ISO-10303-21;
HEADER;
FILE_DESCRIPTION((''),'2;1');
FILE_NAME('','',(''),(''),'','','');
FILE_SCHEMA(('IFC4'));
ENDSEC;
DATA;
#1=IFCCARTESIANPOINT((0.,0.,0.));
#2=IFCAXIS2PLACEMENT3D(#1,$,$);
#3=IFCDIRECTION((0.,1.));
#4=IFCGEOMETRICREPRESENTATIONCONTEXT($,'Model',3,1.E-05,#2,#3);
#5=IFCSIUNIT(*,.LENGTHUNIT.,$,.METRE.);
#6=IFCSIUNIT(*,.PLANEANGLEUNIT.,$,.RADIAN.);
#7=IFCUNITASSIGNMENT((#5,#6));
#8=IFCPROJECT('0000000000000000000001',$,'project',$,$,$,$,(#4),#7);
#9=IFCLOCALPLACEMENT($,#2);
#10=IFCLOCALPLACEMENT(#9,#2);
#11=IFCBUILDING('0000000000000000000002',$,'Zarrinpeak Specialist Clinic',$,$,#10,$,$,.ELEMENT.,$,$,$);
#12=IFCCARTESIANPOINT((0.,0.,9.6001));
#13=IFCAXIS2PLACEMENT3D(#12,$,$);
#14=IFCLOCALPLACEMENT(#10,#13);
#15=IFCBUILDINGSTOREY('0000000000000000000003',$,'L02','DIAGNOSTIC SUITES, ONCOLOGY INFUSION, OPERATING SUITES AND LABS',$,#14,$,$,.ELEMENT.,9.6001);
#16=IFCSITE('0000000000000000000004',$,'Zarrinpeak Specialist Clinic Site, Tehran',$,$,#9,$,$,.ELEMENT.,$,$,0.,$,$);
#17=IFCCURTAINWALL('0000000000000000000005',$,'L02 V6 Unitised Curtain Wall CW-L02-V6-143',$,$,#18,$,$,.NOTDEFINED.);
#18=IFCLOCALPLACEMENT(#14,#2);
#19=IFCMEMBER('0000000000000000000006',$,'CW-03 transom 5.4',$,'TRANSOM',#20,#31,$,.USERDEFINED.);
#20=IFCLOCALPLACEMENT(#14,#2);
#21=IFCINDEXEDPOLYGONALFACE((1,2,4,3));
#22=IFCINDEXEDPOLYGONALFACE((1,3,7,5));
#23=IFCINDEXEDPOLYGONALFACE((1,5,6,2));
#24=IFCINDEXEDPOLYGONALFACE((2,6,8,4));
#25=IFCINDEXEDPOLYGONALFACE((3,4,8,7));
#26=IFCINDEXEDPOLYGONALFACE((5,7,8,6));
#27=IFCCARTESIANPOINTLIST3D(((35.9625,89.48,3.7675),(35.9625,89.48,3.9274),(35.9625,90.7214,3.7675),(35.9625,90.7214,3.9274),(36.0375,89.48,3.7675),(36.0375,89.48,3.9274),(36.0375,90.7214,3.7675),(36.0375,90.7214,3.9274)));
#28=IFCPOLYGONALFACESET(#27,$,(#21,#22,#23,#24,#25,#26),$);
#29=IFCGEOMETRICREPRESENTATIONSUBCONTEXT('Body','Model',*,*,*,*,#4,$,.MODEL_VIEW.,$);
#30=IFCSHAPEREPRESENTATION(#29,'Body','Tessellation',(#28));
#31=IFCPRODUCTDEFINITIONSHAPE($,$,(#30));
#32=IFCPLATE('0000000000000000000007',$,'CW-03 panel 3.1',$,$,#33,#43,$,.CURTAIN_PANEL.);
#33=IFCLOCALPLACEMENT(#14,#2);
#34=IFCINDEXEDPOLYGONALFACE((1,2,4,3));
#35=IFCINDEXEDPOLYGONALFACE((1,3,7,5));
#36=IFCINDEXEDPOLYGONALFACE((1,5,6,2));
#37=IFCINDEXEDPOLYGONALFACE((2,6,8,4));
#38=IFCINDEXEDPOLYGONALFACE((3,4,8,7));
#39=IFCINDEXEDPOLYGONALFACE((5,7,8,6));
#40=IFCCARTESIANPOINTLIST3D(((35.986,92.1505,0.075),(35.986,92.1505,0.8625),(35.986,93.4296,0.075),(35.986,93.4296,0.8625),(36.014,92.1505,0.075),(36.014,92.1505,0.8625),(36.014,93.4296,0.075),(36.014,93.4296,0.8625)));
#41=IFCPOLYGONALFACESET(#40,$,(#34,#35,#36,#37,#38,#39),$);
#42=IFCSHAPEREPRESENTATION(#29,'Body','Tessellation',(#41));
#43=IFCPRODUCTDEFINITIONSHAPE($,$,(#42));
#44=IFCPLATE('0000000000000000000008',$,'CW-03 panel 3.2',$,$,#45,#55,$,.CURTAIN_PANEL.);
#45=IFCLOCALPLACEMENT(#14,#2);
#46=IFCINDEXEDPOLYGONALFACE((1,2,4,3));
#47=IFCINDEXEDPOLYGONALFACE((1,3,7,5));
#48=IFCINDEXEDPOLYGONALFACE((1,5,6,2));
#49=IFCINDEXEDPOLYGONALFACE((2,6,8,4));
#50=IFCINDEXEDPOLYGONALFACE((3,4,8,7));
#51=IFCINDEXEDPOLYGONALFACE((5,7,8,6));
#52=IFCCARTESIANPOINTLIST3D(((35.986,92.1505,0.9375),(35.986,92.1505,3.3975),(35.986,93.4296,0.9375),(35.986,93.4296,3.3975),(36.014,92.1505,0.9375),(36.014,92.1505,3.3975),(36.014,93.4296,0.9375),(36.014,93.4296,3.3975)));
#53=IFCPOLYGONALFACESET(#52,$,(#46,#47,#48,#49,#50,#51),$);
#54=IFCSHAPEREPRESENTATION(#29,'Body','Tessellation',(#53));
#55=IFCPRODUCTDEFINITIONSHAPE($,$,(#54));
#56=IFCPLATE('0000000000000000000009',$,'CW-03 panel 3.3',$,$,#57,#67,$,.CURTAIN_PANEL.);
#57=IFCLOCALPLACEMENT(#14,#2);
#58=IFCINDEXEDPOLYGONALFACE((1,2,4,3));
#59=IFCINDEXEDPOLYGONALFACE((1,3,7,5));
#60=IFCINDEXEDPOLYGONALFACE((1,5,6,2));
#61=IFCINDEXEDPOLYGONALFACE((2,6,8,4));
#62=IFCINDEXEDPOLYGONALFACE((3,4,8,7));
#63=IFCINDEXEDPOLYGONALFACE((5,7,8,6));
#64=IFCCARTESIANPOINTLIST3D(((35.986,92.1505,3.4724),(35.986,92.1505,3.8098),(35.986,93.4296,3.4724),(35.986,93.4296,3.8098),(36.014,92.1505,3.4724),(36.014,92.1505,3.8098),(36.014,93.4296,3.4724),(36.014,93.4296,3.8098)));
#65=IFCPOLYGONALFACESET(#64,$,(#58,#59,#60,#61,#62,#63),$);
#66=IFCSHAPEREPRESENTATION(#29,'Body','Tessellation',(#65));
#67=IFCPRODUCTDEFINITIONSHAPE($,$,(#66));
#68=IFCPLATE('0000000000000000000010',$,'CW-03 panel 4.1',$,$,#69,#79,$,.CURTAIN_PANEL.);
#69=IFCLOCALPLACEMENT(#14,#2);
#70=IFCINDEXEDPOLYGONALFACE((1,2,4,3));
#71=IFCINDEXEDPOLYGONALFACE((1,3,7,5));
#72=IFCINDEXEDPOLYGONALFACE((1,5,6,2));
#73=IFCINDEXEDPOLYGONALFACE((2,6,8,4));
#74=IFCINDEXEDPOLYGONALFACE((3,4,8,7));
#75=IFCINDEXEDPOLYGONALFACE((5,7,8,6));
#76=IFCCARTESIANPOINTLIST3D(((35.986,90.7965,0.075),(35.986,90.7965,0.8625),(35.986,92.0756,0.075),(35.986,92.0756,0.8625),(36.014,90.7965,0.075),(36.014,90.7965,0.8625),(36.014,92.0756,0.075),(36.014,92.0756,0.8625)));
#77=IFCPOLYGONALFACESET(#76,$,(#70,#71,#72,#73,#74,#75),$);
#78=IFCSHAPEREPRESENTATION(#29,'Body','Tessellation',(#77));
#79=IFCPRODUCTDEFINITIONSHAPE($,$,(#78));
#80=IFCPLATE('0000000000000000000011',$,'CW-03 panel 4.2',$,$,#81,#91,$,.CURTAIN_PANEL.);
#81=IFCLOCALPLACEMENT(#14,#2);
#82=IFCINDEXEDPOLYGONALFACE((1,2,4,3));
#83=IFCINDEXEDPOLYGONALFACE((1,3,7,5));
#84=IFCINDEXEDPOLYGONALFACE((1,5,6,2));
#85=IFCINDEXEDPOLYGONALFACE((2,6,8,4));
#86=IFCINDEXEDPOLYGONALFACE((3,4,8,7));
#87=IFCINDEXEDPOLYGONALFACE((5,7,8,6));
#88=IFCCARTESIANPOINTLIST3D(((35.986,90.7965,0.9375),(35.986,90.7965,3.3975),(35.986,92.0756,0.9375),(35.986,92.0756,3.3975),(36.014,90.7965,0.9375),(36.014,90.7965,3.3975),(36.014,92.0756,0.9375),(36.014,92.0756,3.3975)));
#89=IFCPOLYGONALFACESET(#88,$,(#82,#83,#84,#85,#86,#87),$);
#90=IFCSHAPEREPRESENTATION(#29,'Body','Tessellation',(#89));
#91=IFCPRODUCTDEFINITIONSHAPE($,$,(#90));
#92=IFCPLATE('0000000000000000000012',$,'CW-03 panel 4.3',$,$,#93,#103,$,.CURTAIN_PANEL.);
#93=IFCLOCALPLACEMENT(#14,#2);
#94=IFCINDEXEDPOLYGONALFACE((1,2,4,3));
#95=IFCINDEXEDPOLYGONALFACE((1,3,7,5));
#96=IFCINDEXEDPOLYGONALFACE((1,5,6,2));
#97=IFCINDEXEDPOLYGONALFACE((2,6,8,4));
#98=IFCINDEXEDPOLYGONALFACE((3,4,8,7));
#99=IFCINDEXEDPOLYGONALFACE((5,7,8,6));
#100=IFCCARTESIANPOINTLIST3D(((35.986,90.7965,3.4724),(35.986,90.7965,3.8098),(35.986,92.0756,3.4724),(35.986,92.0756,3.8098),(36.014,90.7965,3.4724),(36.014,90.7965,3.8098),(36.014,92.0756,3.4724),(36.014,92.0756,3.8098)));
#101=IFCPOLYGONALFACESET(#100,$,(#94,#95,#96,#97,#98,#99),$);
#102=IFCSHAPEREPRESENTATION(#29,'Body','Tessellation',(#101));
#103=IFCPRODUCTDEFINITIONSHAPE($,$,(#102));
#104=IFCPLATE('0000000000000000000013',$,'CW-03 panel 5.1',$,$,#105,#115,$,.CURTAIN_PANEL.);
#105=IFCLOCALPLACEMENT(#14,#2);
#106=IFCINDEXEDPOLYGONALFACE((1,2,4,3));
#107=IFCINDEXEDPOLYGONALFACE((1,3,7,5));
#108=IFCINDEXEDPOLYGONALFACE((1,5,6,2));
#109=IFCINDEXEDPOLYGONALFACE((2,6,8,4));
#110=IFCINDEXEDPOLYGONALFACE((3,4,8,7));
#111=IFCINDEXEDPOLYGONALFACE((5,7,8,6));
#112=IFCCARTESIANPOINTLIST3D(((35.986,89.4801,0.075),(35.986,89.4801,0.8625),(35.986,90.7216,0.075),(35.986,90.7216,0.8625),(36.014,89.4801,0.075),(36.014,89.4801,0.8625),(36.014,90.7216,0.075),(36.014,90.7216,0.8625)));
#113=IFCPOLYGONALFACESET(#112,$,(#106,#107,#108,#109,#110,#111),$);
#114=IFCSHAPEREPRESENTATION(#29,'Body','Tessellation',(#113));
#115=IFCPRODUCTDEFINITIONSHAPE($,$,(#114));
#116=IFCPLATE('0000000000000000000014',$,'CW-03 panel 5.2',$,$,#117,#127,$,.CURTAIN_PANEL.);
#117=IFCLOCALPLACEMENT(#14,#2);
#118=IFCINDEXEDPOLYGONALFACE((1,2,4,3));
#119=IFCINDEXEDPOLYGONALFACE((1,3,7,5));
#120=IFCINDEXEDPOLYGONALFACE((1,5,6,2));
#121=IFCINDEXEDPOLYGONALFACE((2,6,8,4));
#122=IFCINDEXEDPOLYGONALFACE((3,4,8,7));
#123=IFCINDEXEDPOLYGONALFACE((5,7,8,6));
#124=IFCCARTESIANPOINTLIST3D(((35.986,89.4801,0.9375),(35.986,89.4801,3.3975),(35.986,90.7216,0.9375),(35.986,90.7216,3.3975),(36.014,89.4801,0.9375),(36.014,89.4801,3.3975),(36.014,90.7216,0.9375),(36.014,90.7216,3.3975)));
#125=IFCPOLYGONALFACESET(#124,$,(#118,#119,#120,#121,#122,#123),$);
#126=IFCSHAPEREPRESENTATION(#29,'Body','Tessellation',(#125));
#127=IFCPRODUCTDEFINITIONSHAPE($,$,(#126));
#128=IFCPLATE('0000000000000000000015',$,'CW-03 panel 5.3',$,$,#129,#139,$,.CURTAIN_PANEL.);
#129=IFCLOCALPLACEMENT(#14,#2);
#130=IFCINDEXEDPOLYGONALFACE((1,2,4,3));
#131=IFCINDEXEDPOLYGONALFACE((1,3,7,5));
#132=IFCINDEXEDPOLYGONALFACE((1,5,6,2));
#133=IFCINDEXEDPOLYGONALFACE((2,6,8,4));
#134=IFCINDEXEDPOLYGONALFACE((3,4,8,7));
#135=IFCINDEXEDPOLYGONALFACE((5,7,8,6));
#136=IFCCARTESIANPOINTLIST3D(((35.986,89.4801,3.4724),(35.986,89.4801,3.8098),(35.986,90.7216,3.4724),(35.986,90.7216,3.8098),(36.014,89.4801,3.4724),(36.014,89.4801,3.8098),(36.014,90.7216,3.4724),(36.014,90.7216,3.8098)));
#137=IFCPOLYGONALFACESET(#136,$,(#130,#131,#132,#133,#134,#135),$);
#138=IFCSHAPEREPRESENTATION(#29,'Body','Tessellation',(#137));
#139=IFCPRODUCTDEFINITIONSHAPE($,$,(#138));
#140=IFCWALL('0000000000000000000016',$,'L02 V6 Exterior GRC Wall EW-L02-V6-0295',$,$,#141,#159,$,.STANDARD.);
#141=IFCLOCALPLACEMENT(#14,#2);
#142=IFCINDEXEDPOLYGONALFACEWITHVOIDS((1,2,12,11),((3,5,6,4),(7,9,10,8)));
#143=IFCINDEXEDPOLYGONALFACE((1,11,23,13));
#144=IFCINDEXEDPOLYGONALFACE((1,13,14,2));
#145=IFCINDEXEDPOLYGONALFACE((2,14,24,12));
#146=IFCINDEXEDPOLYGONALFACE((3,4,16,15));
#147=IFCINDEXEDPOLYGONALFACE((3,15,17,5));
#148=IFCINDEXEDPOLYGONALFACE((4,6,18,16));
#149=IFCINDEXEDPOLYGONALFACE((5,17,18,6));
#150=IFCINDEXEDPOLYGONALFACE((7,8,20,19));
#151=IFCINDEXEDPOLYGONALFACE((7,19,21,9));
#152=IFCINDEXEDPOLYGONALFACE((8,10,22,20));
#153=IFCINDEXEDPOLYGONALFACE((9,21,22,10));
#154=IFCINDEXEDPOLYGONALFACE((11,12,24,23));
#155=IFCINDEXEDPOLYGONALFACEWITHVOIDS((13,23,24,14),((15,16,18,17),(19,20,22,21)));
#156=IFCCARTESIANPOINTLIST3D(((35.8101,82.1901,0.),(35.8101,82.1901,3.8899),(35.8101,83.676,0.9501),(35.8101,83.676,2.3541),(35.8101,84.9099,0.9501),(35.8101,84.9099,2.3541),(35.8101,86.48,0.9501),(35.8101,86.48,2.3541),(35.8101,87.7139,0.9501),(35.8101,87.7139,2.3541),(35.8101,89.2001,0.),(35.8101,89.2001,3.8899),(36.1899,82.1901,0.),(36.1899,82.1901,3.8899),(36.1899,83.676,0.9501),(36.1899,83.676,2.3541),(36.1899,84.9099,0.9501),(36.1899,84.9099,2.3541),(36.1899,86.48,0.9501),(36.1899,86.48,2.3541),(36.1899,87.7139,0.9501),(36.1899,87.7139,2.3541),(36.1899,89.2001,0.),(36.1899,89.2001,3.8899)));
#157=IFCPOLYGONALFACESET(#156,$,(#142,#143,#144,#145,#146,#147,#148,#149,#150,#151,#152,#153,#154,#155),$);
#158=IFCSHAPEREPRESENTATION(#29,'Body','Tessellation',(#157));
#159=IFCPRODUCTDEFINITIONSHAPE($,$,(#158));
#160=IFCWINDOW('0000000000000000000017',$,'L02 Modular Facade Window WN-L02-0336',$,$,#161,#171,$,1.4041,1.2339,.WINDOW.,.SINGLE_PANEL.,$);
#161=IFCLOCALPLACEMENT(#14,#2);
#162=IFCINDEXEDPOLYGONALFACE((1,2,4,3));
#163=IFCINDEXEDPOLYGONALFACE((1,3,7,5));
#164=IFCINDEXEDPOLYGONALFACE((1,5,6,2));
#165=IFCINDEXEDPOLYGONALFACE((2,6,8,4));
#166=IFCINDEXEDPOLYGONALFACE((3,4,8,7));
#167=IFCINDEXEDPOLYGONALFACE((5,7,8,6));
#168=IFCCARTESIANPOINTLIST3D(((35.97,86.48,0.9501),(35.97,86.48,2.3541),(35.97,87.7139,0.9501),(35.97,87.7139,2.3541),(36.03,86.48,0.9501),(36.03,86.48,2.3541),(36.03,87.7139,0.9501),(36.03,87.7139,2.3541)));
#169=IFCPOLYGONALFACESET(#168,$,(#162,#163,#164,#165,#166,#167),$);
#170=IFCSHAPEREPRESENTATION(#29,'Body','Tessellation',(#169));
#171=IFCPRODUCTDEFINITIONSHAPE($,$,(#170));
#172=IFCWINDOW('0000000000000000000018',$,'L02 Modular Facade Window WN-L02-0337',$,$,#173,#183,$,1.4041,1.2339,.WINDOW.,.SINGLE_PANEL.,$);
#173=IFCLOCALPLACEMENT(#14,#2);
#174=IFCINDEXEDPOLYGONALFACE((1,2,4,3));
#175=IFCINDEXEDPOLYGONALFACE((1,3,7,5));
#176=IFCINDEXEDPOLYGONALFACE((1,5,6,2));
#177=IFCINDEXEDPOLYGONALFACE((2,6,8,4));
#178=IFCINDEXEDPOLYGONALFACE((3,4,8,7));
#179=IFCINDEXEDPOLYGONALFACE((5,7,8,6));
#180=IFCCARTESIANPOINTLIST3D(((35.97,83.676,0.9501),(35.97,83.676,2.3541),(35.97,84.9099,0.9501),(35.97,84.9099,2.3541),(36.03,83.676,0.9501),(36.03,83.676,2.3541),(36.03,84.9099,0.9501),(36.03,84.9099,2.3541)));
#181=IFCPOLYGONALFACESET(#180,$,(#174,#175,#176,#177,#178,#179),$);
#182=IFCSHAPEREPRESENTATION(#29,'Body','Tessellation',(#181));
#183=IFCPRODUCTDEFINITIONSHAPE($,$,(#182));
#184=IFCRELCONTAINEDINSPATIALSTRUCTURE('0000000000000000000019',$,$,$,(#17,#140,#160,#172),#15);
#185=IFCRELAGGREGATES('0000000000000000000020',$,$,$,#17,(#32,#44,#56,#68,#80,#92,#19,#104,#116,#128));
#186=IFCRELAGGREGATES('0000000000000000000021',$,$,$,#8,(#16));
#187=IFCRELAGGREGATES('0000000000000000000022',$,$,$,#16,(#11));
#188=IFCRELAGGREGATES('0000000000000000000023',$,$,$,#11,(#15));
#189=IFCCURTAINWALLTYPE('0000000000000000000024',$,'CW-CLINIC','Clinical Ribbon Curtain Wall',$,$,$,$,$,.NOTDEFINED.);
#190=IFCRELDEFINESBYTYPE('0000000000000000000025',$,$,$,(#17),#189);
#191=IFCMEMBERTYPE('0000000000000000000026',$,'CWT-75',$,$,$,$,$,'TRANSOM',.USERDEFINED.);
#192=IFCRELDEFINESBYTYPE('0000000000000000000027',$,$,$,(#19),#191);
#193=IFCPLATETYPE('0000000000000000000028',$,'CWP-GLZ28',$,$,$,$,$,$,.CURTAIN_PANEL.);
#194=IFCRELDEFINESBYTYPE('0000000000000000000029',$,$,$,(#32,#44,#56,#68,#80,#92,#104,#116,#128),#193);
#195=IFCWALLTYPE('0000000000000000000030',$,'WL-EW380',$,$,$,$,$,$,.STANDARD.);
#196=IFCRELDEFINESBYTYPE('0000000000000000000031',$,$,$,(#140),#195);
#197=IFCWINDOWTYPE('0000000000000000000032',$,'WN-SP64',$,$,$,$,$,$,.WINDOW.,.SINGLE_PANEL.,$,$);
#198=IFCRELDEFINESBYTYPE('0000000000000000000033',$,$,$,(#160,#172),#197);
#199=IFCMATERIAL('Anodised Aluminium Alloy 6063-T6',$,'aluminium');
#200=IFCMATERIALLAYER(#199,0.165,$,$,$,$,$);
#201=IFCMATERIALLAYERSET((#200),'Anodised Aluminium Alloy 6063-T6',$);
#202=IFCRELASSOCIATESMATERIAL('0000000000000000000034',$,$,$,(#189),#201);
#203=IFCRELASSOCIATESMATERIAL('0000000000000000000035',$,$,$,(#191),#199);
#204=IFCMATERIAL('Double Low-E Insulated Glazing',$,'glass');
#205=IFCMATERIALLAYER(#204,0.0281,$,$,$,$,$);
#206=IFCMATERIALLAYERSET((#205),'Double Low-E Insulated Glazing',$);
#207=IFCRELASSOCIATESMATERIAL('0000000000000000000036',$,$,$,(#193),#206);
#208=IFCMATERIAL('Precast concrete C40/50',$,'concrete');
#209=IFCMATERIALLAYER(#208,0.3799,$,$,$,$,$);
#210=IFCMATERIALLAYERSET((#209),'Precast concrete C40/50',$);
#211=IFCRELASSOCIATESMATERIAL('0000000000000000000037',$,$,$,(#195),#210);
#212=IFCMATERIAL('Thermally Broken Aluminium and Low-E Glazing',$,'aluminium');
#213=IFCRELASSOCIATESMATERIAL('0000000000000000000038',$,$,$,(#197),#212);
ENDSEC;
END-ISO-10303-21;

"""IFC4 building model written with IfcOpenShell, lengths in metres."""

from ifc_helpers import new_model, si_unit, direction, frame, frame_2d, origin, origin_2d, place, context, subcontext, project, spatial, rectangle, extrude, material, layer, layer_set, material_profile, profile_set, type_object, element, fill, aggregate, save


model = new_model("IFC4")

# Units and contexts
model_context = context("Model", 3, precision=1e-05, world=origin(), true_north=direction((0.0, 1.0)))
body_context = subcontext(model_context, "Body", "Model", "MODEL_VIEW")
ifc_project = project(units=[si_unit("LENGTHUNIT", "METRE"), si_unit("PLANEANGLEUNIT", "RADIAN")], contexts=[model_context])

# Site, building, storey
site_placement = place(None, origin())
site = spatial("IfcSite", under=ifc_project, at=site_placement, Name="Zarrinpeak Specialist Clinic Site, Tehran", CompositionType="ELEMENT", RefElevation=0.0)
building_placement = place(site_placement, origin())
building = spatial("IfcBuilding", under=site, at=building_placement, Name="Zarrinpeak Specialist Clinic", CompositionType="ELEMENT")
storey_placement = place(building_placement, frame((0.0, 0.0, 9.6001)))
storey = spatial("IfcBuildingStorey", under=building, at=storey_placement, Name="L02", Description="DIAGNOSTIC SUITES, ONCOLOGY INFUSION, OPERATING SUITES AND LABS", CompositionType="ELEMENT", Elevation=9.6001)

# Curtain wall, member, plates
ifc_material_1 = material(Name="Anodised Aluminium Alloy 6063-T6", Category="aluminium")
ifc_layer_1 = layer(ifc_material_1, 0.165)
ifc_layer_set_1 = layer_set([ifc_layer_1], Name="Anodised Aluminium Alloy 6063-T6")
curtain_wall_type = type_object("IfcCurtainWallType", Name="CW-CLINIC", Description="Clinical Ribbon Curtain Wall", PredefinedType="NOTDEFINED", material=ifc_layer_set_1)
curtain_wall_placement = place(storey_placement, origin())
curtain_wall = element("IfcCurtainWall", 1, at=curtain_wall_placement, inside=storey, type_object=curtain_wall_type, Name="L02 V6 Unitised Curtain Wall CW-L02-V6-143", PredefinedType="NOTDEFINED")
ifc_material_profile_1 = material_profile(ifc_material_1, rectangle(XDim=0.075, YDim=0.1599, at=origin_2d()), Name="ALU 75x160")
ifc_profile_set_1 = profile_set([ifc_material_profile_1], Name="Anodised Aluminium Alloy 6063-T6")
member_type_1 = type_object("IfcMemberType", Name="CWT-75", ElementType="TRANSOM", PredefinedType="USERDEFINED", material=ifc_profile_set_1)
member_1_placement = place(storey_placement, frame((36.0, 90.7214, 3.8474), z_axis=(0.0, -1.0, 0.0), x_axis=(1.0, 0.0, 0.0)))
member_1 = element("IfcMember", 2, at=member_1_placement, type_object=member_type_1, Name="CW-03 transom 5.4", ObjectType="TRANSOM", PredefinedType="USERDEFINED", context=body_context, shape_type="SweptSolid", body=[
    extrude(rectangle(XDim=0.075, YDim=0.1599, at=origin_2d()), origin(), (0.0, 0.0, 1.0), 1.2415),
])
ifc_material_2 = material(Name="Double Low-E Insulated Glazing", Category="glass")
ifc_layer_2 = layer(ifc_material_2, 0.0281)
ifc_layer_set_2 = layer_set([ifc_layer_2], Name="Double Low-E Insulated Glazing")
plate_type = type_object("IfcPlateType", Name="CWP-GLZ28", PredefinedType="CURTAIN_PANEL", material=ifc_layer_set_2)
plate_1_placement = place(storey_placement, frame((36.0, 92.79, 0.075), z_axis=(0.0, 0.0, 1.0), x_axis=(0.0, -1.0, 0.0)))
plate_1 = element("IfcPlate", 3, at=plate_1_placement, type_object=plate_type, Name="CW-03 panel 3.1", PredefinedType="CURTAIN_PANEL", context=body_context, shape_type="SweptSolid", body=[
    extrude(rectangle(XDim=1.2791, YDim=0.0281, at=origin_2d()), origin(), (0.0, 0.0, 1.0), 0.7876),
])
plate_2_placement = place(storey_placement, frame((36.0, 92.79, 0.9375), z_axis=(0.0, 0.0, 1.0), x_axis=(0.0, -1.0, 0.0)))
plate_2 = element("IfcPlate", 4, at=plate_2_placement, type_object=plate_type, Name="CW-03 panel 3.2", PredefinedType="CURTAIN_PANEL", context=body_context, shape_type="SweptSolid", body=[
    extrude(rectangle(XDim=1.2791, YDim=0.0281, at=origin_2d()), origin(), (0.0, 0.0, 1.0), 2.46),
])
plate_3_placement = place(storey_placement, frame((36.0, 92.79, 3.4724), z_axis=(0.0, 0.0, 1.0), x_axis=(0.0, -1.0, 0.0)))
plate_3 = element("IfcPlate", 5, at=plate_3_placement, type_object=plate_type, Name="CW-03 panel 3.3", PredefinedType="CURTAIN_PANEL", context=body_context, shape_type="SweptSolid", body=[
    extrude(rectangle(XDim=1.2791, YDim=0.0281, at=origin_2d()), origin(), (0.0, 0.0, 1.0), 0.3374),
])
plate_4_placement = place(storey_placement, frame((36.0, 91.436, 0.075), z_axis=(0.0, 0.0, 1.0), x_axis=(0.0, -1.0, 0.0)))
plate_4 = element("IfcPlate", 6, at=plate_4_placement, type_object=plate_type, Name="CW-03 panel 4.1", PredefinedType="CURTAIN_PANEL", context=body_context, shape_type="SweptSolid", body=[
    extrude(rectangle(XDim=1.2791, YDim=0.0281, at=origin_2d()), origin(), (0.0, 0.0, 1.0), 0.7876),
])
plate_5_placement = place(storey_placement, frame((36.0, 91.436, 0.9375), z_axis=(0.0, 0.0, 1.0), x_axis=(0.0, -1.0, 0.0)))
plate_5 = element("IfcPlate", 7, at=plate_5_placement, type_object=plate_type, Name="CW-03 panel 4.2", PredefinedType="CURTAIN_PANEL", context=body_context, shape_type="SweptSolid", body=[
    extrude(rectangle(XDim=1.2791, YDim=0.0281, at=origin_2d()), origin(), (0.0, 0.0, 1.0), 2.46),
])
plate_6_placement = place(storey_placement, frame((36.0, 91.436, 3.4724), z_axis=(0.0, 0.0, 1.0), x_axis=(0.0, -1.0, 0.0)))
plate_6 = element("IfcPlate", 8, at=plate_6_placement, type_object=plate_type, Name="CW-03 panel 4.3", PredefinedType="CURTAIN_PANEL", context=body_context, shape_type="SweptSolid", body=[
    extrude(rectangle(XDim=1.2791, YDim=0.0281, at=origin_2d()), origin(), (0.0, 0.0, 1.0), 0.3374),
])
plate_7_placement = place(storey_placement, frame((36.0, 90.1008, 0.075), z_axis=(0.0, 0.0, 1.0), x_axis=(0.0, -1.0, 0.0)))
plate_7 = element("IfcPlate", 9, at=plate_7_placement, type_object=plate_type, Name="CW-03 panel 5.1", PredefinedType="CURTAIN_PANEL", context=body_context, shape_type="SweptSolid", body=[
    extrude(rectangle(XDim=1.2415, YDim=0.0281, at=origin_2d()), origin(), (0.0, 0.0, 1.0), 0.7876),
])
plate_8_placement = place(storey_placement, frame((36.0, 90.1008, 0.9375), z_axis=(0.0, 0.0, 1.0), x_axis=(0.0, -1.0, 0.0)))
plate_8 = element("IfcPlate", 10, at=plate_8_placement, type_object=plate_type, Name="CW-03 panel 5.2", PredefinedType="CURTAIN_PANEL", context=body_context, shape_type="SweptSolid", body=[
    extrude(rectangle(XDim=1.2415, YDim=0.0281, at=origin_2d()), origin(), (0.0, 0.0, 1.0), 2.46),
])
plate_9_placement = place(storey_placement, frame((36.0, 90.1008, 3.4724), z_axis=(0.0, 0.0, 1.0), x_axis=(0.0, -1.0, 0.0)))
plate_9 = element("IfcPlate", 11, at=plate_9_placement, type_object=plate_type, Name="CW-03 panel 5.3", PredefinedType="CURTAIN_PANEL", context=body_context, shape_type="SweptSolid", body=[
    extrude(rectangle(XDim=1.2415, YDim=0.0281, at=origin_2d()), origin(), (0.0, 0.0, 1.0), 0.3374),
])
aggregate(curtain_wall, [plate_1, plate_2, plate_3, plate_4, plate_5, plate_6, member_1, plate_7, plate_8, plate_9])

# Wall, openings, windows
ifc_material_3 = material(Name="Precast concrete C40/50", Category="concrete")
ifc_layer_3 = layer(ifc_material_3, 0.3799)
ifc_layer_set_3 = layer_set([ifc_layer_3], Name="Precast concrete C40/50")
wall_type_1 = type_object("IfcWallType", Name="WL-EW380", PredefinedType="STANDARD", material=ifc_layer_set_3)
wall_1_placement = place(storey_placement, frame((36.0, 89.2, 0.0), z_axis=(0.0, 0.0, 1.0), x_axis=(0.0, -1.0, 0.0)))
wall_1 = element("IfcWall", 12, at=wall_1_placement, inside=storey, type_object=wall_type_1, Name="L02 V6 Exterior GRC Wall EW-L02-V6-0295", PredefinedType="STANDARD", context=body_context, shape_type="SweptSolid", body=[
    extrude(rectangle(XDim=7.01, YDim=0.3799, at=frame_2d((3.5049, 0.0))), origin(), (0.0, 0.0, 1.0), 3.8899),
])
opening_1_placement = place(wall_1_placement, frame((1.4861, 0.0, 0.95)))
opening_1 = element("IfcOpeningElement", 13, at=opening_1_placement, cuts=wall_1, PredefinedType="OPENING", context=body_context, shape_type="SweptSolid", body=[
    extrude(rectangle(XDim=1.2339, YDim=1.4041, at=frame_2d((0.6169, 0.7021))), frame((0.0, 0.2, 0.0), z_axis=(0.0, -1.0, 0.0), x_axis=(1.0, 0.0, 0.0)), (0.0, 0.0, 1.0), 0.3999),
])
opening_2_placement = place(wall_1_placement, frame((4.29, 0.0, 0.95)))
opening_2 = element("IfcOpeningElement", 14, at=opening_2_placement, cuts=wall_1, PredefinedType="OPENING", context=body_context, shape_type="SweptSolid", body=[
    extrude(rectangle(XDim=1.2339, YDim=1.4041, at=frame_2d((0.6169, 0.7021))), frame((0.0, 0.2, 0.0), z_axis=(0.0, -1.0, 0.0), x_axis=(1.0, 0.0, 0.0)), (0.0, 0.0, 1.0), 0.3999),
])
ifc_material_4 = material(Name="Thermally Broken Aluminium and Low-E Glazing", Category="aluminium")
window_type = type_object("IfcWindowType", Name="WN-SP64", PartitioningType="SINGLE_PANEL", PredefinedType="WINDOW", material=ifc_material_4)
window_1_placement = place(opening_1_placement, origin())
window_1 = element("IfcWindow", 15, at=window_1_placement, inside=storey, type_object=window_type, Name="L02 Modular Facade Window WN-L02-0336", OverallHeight=1.4041, OverallWidth=1.2339, PartitioningType="SINGLE_PANEL", PredefinedType="WINDOW", context=body_context, shape_type="SweptSolid", body=[
    extrude(rectangle(XDim=1.2339, YDim=1.4041, at=frame_2d((0.6169, 0.7021))), frame((0.0, 0.03, 0.0), z_axis=(0.0, -1.0, 0.0), x_axis=(1.0, 0.0, 0.0)), (0.0, 0.0, 1.0), 0.0601),
])
fill(opening_1, window_1)
window_2_placement = place(opening_2_placement, origin())
window_2 = element("IfcWindow", 16, at=window_2_placement, inside=storey, type_object=window_type, Name="L02 Modular Facade Window WN-L02-0337", OverallHeight=1.4041, OverallWidth=1.2339, PartitioningType="SINGLE_PANEL", PredefinedType="WINDOW", context=body_context, shape_type="SweptSolid", body=[
    extrude(rectangle(XDim=1.2339, YDim=1.4041, at=frame_2d((0.6169, 0.7021))), frame((0.0, 0.03, 0.0), z_axis=(0.0, -1.0, 0.0), x_axis=(1.0, 0.0, 0.0)), (0.0, 0.0, 1.0), 0.0601),
])
fill(opening_2, window_2)

save(model, "model.ifc")
